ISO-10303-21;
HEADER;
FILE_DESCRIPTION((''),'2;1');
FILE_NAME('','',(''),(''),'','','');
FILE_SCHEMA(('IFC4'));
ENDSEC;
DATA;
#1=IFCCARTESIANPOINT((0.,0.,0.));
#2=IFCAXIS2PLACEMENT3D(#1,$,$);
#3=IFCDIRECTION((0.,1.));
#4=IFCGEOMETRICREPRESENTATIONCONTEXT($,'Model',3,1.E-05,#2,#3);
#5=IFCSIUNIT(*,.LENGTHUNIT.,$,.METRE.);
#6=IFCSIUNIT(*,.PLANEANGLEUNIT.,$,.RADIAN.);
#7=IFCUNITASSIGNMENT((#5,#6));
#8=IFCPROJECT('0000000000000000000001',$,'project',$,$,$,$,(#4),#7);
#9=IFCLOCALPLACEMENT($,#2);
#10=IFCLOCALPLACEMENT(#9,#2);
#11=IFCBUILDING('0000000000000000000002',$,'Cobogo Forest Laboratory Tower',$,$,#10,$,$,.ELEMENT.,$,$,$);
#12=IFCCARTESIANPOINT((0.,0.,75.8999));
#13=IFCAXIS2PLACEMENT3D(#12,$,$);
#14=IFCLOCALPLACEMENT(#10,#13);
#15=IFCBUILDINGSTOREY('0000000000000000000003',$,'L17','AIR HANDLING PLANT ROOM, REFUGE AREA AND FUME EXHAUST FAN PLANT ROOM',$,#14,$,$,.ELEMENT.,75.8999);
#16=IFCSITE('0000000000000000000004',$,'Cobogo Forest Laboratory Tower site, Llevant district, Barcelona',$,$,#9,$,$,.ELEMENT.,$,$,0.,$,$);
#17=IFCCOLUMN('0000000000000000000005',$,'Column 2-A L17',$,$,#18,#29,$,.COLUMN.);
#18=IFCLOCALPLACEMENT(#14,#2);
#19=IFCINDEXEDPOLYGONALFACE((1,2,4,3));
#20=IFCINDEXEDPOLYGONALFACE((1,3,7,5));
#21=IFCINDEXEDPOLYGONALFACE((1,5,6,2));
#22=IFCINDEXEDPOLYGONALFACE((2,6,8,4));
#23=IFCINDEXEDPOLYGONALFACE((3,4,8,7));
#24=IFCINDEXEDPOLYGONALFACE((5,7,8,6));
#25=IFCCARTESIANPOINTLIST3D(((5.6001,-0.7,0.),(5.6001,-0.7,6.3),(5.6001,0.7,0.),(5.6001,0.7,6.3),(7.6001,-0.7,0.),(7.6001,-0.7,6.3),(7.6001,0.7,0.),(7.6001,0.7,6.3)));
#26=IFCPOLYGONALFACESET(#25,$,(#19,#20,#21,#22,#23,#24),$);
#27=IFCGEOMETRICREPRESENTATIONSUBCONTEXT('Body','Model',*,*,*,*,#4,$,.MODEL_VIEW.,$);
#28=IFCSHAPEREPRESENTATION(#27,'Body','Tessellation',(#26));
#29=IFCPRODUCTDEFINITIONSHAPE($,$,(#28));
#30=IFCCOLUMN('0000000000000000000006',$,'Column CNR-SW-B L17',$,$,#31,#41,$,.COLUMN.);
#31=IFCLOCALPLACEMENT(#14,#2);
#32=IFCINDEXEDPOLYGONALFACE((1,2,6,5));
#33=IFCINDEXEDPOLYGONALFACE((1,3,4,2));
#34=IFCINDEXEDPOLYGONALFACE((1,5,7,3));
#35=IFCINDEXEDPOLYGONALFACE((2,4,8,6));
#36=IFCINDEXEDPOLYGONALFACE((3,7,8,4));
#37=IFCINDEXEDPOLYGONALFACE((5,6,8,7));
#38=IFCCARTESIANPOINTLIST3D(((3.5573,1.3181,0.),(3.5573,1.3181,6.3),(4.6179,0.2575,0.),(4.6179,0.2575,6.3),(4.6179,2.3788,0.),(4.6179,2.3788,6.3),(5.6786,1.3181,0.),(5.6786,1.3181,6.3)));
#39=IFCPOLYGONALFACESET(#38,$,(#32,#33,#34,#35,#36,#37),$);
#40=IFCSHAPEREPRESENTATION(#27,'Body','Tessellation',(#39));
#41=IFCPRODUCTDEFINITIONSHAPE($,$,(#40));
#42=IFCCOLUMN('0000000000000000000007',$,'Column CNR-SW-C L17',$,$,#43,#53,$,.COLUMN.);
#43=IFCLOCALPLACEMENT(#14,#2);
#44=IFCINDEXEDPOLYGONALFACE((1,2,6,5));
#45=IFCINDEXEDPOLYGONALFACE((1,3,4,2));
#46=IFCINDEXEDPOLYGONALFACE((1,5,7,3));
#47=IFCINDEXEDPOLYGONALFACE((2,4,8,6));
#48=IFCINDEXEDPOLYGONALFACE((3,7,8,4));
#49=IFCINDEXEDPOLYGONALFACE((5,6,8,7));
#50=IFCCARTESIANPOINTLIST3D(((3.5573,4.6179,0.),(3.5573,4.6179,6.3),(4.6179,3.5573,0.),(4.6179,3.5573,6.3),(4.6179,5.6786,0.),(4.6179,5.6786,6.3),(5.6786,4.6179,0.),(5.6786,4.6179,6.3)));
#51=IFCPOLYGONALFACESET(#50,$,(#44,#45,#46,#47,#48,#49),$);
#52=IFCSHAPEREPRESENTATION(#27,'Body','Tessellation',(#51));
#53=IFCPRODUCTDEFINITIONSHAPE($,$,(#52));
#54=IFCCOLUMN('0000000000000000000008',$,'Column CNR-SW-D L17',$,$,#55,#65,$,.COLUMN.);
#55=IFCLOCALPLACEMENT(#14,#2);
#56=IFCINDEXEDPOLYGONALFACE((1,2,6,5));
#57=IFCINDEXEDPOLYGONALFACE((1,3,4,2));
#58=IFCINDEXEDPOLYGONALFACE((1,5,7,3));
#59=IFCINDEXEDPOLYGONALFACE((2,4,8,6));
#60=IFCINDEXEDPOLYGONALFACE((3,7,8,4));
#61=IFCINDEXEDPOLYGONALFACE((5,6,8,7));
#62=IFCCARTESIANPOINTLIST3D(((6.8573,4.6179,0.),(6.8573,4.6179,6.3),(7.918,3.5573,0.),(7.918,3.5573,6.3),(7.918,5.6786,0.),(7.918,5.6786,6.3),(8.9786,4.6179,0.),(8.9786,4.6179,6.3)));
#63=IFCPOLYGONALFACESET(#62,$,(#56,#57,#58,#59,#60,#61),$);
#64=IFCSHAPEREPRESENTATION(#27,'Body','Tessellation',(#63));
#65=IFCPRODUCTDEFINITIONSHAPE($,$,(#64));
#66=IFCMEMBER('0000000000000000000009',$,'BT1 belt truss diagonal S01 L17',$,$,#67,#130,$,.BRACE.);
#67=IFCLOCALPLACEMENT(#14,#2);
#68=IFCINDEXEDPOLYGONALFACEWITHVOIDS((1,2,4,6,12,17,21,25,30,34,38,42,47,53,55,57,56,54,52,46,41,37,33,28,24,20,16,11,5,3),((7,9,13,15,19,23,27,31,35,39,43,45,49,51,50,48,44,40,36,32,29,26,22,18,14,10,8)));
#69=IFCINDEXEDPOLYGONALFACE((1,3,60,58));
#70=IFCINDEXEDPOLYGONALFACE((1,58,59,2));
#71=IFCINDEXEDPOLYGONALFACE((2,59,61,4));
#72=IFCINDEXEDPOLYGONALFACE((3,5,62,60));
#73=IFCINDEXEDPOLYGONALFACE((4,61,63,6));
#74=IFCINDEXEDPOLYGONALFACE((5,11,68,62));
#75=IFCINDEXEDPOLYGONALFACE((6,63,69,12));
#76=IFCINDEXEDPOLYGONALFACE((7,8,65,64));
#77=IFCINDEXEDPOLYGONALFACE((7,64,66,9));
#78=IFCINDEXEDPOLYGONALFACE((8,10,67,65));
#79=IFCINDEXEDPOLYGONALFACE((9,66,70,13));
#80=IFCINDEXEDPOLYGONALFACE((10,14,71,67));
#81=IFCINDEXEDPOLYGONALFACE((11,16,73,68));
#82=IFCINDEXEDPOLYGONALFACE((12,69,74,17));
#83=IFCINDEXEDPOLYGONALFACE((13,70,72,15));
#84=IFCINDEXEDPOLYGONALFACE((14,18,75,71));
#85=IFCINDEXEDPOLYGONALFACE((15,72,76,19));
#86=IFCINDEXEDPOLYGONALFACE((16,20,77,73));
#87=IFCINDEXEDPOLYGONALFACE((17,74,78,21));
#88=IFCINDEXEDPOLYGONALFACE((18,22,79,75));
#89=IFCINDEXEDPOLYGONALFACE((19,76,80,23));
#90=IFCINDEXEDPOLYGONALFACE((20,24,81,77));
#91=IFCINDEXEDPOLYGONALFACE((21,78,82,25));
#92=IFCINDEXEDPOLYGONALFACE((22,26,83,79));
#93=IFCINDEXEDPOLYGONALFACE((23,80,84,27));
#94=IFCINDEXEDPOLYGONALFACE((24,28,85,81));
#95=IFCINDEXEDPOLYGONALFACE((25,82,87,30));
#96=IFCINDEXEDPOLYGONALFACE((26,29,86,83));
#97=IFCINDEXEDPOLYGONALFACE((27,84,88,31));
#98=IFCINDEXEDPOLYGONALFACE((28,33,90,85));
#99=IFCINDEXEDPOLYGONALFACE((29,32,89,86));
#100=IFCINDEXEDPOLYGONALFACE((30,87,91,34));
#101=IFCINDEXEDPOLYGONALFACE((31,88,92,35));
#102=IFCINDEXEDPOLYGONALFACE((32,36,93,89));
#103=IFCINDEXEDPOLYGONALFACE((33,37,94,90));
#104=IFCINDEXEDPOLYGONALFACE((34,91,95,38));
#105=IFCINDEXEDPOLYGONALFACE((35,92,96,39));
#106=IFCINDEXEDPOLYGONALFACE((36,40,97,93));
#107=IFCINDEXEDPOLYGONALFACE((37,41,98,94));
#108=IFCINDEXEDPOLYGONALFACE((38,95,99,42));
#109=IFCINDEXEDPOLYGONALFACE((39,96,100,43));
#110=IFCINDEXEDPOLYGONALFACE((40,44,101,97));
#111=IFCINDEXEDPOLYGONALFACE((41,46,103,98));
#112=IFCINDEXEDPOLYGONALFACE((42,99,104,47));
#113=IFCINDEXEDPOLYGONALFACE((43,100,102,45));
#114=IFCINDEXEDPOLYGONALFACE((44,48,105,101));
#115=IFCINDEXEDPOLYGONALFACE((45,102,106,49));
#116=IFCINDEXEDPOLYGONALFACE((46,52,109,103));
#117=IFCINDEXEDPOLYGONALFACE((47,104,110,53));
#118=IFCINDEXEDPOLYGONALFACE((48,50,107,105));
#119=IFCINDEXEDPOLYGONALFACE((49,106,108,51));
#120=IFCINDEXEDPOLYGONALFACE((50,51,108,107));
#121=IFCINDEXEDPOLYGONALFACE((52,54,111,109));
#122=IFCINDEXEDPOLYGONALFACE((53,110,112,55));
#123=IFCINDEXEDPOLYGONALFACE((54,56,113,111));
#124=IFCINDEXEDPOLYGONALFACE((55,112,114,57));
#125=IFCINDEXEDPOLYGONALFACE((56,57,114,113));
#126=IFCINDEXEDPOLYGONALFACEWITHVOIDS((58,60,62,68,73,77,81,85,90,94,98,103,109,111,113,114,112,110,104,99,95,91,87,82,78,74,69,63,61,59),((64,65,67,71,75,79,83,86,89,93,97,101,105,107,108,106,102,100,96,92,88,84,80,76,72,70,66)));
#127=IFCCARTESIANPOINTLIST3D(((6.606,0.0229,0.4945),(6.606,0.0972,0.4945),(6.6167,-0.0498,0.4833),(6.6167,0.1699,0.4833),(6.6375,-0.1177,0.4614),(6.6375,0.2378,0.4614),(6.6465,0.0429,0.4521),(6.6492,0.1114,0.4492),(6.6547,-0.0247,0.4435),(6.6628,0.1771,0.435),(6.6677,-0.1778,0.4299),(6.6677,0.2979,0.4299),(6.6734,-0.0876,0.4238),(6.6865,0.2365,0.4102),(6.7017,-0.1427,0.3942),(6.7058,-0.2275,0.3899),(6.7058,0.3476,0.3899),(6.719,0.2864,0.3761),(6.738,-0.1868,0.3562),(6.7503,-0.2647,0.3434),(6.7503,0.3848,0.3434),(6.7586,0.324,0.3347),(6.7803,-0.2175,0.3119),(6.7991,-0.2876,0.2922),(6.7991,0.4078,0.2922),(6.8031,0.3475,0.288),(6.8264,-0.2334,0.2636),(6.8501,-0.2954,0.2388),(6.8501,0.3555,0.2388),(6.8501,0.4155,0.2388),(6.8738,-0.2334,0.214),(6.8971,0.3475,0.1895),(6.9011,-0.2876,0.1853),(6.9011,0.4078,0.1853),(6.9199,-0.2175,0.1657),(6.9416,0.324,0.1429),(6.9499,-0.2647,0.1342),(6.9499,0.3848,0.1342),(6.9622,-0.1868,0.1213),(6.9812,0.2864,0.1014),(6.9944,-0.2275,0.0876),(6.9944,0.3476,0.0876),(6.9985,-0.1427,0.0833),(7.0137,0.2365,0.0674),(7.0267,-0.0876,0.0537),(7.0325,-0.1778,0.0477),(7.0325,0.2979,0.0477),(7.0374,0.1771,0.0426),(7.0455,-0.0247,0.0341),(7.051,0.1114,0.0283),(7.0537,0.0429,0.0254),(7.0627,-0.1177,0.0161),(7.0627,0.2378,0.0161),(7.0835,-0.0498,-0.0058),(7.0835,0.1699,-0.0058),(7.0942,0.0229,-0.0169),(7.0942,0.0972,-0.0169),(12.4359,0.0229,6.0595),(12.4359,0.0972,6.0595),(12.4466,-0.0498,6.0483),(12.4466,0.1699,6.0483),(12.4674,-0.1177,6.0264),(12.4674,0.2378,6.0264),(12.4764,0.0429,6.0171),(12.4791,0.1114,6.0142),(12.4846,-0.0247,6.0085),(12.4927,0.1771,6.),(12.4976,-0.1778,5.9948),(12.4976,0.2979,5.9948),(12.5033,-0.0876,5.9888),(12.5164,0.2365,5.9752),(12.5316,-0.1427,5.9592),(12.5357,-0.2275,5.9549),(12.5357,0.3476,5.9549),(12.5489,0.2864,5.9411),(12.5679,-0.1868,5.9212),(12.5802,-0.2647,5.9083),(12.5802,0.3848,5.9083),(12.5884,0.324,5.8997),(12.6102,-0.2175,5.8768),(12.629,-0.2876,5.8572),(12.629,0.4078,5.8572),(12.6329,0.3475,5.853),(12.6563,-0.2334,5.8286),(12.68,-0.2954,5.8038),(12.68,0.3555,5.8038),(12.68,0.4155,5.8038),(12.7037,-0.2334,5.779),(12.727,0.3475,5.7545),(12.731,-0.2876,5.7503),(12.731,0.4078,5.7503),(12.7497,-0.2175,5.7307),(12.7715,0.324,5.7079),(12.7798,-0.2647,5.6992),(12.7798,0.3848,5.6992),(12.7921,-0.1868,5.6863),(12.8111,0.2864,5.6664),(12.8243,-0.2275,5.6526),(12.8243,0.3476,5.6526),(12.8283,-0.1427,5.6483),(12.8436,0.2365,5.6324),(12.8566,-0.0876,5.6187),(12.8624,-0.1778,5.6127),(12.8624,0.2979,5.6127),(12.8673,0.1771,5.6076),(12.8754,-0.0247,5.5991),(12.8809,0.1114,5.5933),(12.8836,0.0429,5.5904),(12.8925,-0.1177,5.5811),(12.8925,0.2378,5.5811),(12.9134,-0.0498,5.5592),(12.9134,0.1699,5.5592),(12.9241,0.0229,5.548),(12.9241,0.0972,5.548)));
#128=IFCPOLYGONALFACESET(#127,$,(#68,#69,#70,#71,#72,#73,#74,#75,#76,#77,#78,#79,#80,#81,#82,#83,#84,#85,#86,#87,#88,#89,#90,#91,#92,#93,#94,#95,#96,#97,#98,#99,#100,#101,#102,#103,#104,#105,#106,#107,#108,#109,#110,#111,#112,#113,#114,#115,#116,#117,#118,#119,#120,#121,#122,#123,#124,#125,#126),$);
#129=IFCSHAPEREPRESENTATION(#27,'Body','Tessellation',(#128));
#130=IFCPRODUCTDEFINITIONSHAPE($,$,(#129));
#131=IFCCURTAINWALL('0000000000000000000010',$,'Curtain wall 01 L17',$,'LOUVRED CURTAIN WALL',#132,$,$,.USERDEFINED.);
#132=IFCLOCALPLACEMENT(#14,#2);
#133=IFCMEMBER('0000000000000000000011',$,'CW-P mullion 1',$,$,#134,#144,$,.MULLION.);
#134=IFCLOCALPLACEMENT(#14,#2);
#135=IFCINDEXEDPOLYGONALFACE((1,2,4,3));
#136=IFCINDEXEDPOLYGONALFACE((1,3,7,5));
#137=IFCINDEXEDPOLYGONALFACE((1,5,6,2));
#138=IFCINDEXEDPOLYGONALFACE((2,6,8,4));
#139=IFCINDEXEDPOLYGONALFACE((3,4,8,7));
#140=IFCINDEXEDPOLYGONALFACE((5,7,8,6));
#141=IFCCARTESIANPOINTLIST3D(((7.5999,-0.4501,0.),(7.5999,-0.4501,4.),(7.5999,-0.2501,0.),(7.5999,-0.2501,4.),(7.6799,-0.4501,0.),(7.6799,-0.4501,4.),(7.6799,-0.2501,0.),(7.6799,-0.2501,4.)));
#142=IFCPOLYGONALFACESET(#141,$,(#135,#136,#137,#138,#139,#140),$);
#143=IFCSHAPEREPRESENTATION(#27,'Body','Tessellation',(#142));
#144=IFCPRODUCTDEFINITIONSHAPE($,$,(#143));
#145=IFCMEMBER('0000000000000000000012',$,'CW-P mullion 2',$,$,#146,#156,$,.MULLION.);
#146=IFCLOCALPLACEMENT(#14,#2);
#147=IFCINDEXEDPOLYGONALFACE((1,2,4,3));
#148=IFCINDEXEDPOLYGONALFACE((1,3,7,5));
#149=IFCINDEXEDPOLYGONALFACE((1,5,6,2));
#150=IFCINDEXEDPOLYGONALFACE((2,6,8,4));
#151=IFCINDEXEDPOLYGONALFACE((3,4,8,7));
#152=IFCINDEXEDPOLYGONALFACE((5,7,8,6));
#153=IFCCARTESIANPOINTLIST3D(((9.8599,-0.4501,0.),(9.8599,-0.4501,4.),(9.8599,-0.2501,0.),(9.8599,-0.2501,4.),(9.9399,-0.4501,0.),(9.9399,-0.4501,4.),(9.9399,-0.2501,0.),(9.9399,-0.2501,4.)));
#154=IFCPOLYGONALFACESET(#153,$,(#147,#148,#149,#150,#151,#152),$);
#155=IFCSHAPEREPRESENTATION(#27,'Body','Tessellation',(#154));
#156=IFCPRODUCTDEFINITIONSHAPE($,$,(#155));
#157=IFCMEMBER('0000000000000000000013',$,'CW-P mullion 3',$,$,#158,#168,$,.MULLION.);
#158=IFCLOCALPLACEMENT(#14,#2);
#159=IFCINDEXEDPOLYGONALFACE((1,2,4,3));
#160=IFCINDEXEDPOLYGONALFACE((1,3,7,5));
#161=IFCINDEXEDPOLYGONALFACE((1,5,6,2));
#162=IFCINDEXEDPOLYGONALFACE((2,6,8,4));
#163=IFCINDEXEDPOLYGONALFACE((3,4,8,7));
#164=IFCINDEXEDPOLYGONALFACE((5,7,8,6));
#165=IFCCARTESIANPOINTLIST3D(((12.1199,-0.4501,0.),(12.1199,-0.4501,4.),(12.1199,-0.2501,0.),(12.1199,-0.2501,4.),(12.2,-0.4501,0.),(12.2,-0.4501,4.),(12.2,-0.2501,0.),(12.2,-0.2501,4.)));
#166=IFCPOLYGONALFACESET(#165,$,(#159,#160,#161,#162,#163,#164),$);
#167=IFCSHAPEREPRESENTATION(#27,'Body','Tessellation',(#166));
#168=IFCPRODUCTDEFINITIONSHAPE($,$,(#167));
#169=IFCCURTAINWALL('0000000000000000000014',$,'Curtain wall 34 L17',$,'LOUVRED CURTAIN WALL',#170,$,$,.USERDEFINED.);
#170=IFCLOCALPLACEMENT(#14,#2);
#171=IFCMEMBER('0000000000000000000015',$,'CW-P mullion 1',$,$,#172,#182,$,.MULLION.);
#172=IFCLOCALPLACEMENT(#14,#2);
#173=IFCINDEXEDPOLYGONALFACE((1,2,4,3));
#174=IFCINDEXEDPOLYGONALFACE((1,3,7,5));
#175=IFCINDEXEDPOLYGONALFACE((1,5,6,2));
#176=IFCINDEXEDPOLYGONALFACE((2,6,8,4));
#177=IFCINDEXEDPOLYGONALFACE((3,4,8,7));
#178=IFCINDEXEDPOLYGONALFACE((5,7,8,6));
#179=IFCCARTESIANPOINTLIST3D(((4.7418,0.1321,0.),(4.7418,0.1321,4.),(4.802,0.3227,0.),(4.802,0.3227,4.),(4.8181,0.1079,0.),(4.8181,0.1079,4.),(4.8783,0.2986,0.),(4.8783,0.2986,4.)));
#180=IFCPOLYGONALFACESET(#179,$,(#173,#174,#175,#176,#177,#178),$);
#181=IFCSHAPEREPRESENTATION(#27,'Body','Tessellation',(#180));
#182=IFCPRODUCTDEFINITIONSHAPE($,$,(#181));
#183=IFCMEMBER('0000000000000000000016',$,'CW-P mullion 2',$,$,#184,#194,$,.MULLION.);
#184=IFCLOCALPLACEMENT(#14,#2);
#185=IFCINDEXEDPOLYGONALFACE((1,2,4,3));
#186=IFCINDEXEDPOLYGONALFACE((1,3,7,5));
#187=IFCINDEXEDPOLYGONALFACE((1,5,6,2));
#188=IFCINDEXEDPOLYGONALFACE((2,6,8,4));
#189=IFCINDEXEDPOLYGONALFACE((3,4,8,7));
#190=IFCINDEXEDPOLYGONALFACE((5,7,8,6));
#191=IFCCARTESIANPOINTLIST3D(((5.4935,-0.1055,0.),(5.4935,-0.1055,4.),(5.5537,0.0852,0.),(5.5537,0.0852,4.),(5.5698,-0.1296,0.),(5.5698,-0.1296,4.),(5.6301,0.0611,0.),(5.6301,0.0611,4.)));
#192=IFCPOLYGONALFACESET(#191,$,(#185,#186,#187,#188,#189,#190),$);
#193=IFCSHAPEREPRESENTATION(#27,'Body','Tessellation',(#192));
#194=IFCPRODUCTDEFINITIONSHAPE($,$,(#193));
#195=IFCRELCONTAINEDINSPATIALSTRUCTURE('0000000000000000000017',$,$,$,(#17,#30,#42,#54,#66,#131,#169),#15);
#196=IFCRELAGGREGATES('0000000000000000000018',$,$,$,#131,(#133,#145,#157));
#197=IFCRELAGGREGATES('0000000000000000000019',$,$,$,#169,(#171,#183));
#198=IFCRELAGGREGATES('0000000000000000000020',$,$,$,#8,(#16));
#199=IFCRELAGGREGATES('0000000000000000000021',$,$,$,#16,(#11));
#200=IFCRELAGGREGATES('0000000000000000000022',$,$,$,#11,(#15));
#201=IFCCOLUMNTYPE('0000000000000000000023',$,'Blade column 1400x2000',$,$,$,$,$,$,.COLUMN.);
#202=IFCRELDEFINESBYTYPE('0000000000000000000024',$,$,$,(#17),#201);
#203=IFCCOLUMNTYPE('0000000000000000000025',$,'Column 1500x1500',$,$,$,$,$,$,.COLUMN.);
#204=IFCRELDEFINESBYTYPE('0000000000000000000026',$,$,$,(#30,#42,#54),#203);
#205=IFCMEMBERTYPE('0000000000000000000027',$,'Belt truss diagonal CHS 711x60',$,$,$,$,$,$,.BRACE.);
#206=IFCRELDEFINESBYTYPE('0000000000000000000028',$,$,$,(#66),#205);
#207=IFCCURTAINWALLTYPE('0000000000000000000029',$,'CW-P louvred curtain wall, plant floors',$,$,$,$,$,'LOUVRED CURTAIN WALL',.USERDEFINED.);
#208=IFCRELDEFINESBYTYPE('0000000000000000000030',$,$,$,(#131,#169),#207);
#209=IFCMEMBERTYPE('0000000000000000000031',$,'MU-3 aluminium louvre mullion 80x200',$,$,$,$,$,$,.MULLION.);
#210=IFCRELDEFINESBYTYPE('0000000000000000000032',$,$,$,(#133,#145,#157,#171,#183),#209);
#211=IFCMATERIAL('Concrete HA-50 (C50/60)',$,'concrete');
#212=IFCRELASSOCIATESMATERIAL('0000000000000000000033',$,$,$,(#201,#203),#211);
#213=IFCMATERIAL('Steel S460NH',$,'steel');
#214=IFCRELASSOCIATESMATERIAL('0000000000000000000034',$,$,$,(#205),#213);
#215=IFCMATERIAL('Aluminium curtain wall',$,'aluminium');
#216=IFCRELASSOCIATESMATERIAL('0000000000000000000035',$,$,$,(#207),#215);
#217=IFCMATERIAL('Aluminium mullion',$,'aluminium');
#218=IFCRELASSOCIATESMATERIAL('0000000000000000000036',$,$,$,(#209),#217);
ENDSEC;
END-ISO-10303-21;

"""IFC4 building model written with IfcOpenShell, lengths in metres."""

from ifc_helpers import new_model, si_unit, direction, frame, origin, origin_2d, place, context, subcontext, project, spatial, rectangle, hollow_circle, extrude, material, material_profile, profile_set, type_object, element, aggregate, save


model = new_model("IFC4")

# Units and contexts
model_context = context("Model", 3, precision=1e-05, world=origin(), true_north=direction((0.0, 1.0)))
body_context = subcontext(model_context, "Body", "Model", "MODEL_VIEW")
ifc_project = project(units=[si_unit("LENGTHUNIT", "METRE"), si_unit("PLANEANGLEUNIT", "RADIAN")], contexts=[model_context])

# Site, building, storey
site_placement = place(None, origin())
site = spatial("IfcSite", under=ifc_project, at=site_placement, Name="Cobogo Forest Laboratory Tower site, Llevant district, Barcelona", CompositionType="ELEMENT", RefElevation=0.0)
building_placement = place(site_placement, origin())
building = spatial("IfcBuilding", under=site, at=building_placement, Name="Cobogo Forest Laboratory Tower", CompositionType="ELEMENT")
storey_placement = place(building_placement, frame((0.0, 0.0, 75.8999)))
storey = spatial("IfcBuildingStorey", under=building, at=storey_placement, Name="L17", Description="AIR HANDLING PLANT ROOM, REFUGE AREA AND FUME EXHAUST FAN PLANT ROOM", CompositionType="ELEMENT", Elevation=75.8999)

# Columns
ifc_material_1 = material(Name="Concrete HA-50 (C50/60)", Category="concrete")
ifc_material_profile_1 = material_profile(ifc_material_1, rectangle(XDim=2.0, YDim=1.3999, at=origin_2d()), Name="RC 1400x2000")
ifc_profile_set_1 = profile_set([ifc_material_profile_1], Name="Concrete HA-50 (C50/60)")
column_type_1 = type_object("IfcColumnType", Name="Blade column 1400x2000", PredefinedType="COLUMN", material=ifc_profile_set_1)
column_placement = place(storey_placement, frame((6.6001, 0.0, 0.0), z_axis=(0.0, 0.0, 1.0), x_axis=(1.0, 0.0, 0.0)))
element("IfcColumn", 1, at=column_placement, inside=storey, type_object=column_type_1, Name="Column 2-A L17", PredefinedType="COLUMN", context=body_context, shape_type="SweptSolid", body=[
    extrude(rectangle(XDim=2.0, YDim=1.3999, at=origin_2d()), origin(), (0.0, 0.0, 1.0), 6.3),
])
ifc_material_profile_2 = material_profile(ifc_material_1, rectangle(XDim=1.5, YDim=1.5, at=origin_2d()), Name="RC 1500x1500")
ifc_profile_set_2 = profile_set([ifc_material_profile_2], Name="Concrete HA-50 (C50/60)")
column_type_2 = type_object("IfcColumnType", Name="Column 1500x1500", PredefinedType="COLUMN", material=ifc_profile_set_2)
for number, where, z_axis, x_axis, name in (
    (2, (4.6179, 1.3181, 0.0), (0.0, 0.0, 1.0), (0.707107, 0.707107, 0.0), "Column CNR-SW-B L17"),
    (3, (4.6179, 4.6179, 0.0), (0.0, 0.0, 1.0), (0.707107, 0.707107, 0.0), "Column CNR-SW-C L17"),
    (4, (7.918, 4.6179, 0.0), (0.0, 0.0, 1.0), (0.707107, 0.707107, 0.0), "Column CNR-SW-D L17"),
):
    element("IfcColumn", number, at=place(storey_placement, frame(where, z_axis=z_axis, x_axis=x_axis)), inside=storey, type_object=column_type_2, Name=name, PredefinedType="COLUMN", context=body_context, shape_type="SweptSolid", body=[
        extrude(rectangle(XDim=1.5, YDim=1.5, at=origin_2d()), origin(), (0.0, 0.0, 1.0), 6.3),
    ])

# Member
ifc_material_2 = material(Name="Steel S460NH", Category="steel")
ifc_material_profile_3 = material_profile(ifc_material_2, hollow_circle(Radius=0.3555, WallThickness=0.0601, at=origin_2d()), Name="CHS 711x60")
ifc_profile_set_3 = profile_set([ifc_material_profile_3], Name="Steel S460NH")
member_type_1 = type_object("IfcMemberType", Name="Belt truss diagonal CHS 711x60", PredefinedType="BRACE", material=ifc_profile_set_3)
member_1_placement = place(storey_placement, frame((6.8501, 0.0601, 0.2388), z_axis=(0.723349, 0.0, 0.690482), x_axis=(0.0, 1.0, 0.0)))
element("IfcMember", 5, at=member_1_placement, inside=storey, type_object=member_type_1, Name="BT1 belt truss diagonal S01 L17", PredefinedType="BRACE", context=body_context, shape_type="SweptSolid", body=[
    extrude(hollow_circle(Radius=0.3555, WallThickness=0.0601, at=origin_2d()), origin(), (0.0, 0.0, 1.0), 8.0596),
])

# Curtain walls, members
ifc_material_3 = material(Name="Aluminium curtain wall", Category="aluminium")
curtain_wall_type = type_object("IfcCurtainWallType", Name="CW-P louvred curtain wall, plant floors", ElementType="LOUVRED CURTAIN WALL", PredefinedType="USERDEFINED", material=ifc_material_3)
curtain_wall_1_placement = place(storey_placement, origin())
curtain_wall_1 = element("IfcCurtainWall", 6, at=curtain_wall_1_placement, inside=storey, type_object=curtain_wall_type, Name="Curtain wall 01 L17", ObjectType="LOUVRED CURTAIN WALL", PredefinedType="USERDEFINED")
ifc_material_4 = material(Name="Aluminium mullion", Category="aluminium")
ifc_material_profile_4 = material_profile(ifc_material_4, rectangle(XDim=0.0801, YDim=0.2, at=origin_2d()), Name="AL 80x200")
ifc_profile_set_4 = profile_set([ifc_material_profile_4], Name="Aluminium mullion")
member_type_2 = type_object("IfcMemberType", Name="MU-3 aluminium louvre mullion 80x200", PredefinedType="MULLION", material=ifc_profile_set_4)
member_2_placement = place(storey_placement, frame((7.6399, -0.3501, 0.0), z_axis=(0.0, 0.0, 1.0), x_axis=(1.0, 0.0, 0.0)))
member_2 = element("IfcMember", 7, at=member_2_placement, type_object=member_type_2, Name="CW-P mullion 1", PredefinedType="MULLION", context=body_context, shape_type="SweptSolid", body=[
    extrude(rectangle(XDim=0.0801, YDim=0.2, at=origin_2d()), origin(), (0.0, 0.0, 1.0), 4.0),
])
member_3_placement = place(storey_placement, frame((9.8999, -0.3501, 0.0), z_axis=(0.0, 0.0, 1.0), x_axis=(1.0, 0.0, 0.0)))
member_3 = element("IfcMember", 8, at=member_3_placement, type_object=member_type_2, Name="CW-P mullion 2", PredefinedType="MULLION", context=body_context, shape_type="SweptSolid", body=[
    extrude(rectangle(XDim=0.0801, YDim=0.2, at=origin_2d()), origin(), (0.0, 0.0, 1.0), 4.0),
])
member_4_placement = place(storey_placement, frame((12.1599, -0.3501, 0.0), z_axis=(0.0, 0.0, 1.0), x_axis=(1.0, 0.0, 0.0)))
member_4 = element("IfcMember", 9, at=member_4_placement, type_object=member_type_2, Name="CW-P mullion 3", PredefinedType="MULLION", context=body_context, shape_type="SweptSolid", body=[
    extrude(rectangle(XDim=0.0801, YDim=0.2, at=origin_2d()), origin(), (0.0, 0.0, 1.0), 4.0),
])
curtain_wall_2_placement = place(storey_placement, origin())
curtain_wall_2 = element("IfcCurtainWall", 10, at=curtain_wall_2_placement, inside=storey, type_object=curtain_wall_type, Name="Curtain wall 34 L17", ObjectType="LOUVRED CURTAIN WALL", PredefinedType="USERDEFINED")
member_5_placement = place(storey_placement, frame((4.8101, 0.2153, 0.0), z_axis=(0.0, 0.0, 1.0), x_axis=(0.953581, -0.301136, 0.0)))
member_5 = element("IfcMember", 11, at=member_5_placement, type_object=member_type_2, Name="CW-P mullion 1", PredefinedType="MULLION", context=body_context, shape_type="SweptSolid", body=[
    extrude(rectangle(XDim=0.0801, YDim=0.2, at=origin_2d()), origin(), (0.0, 0.0, 1.0), 4.0),
])
member_6_placement = place(storey_placement, frame((5.5618, -0.0222, 0.0), z_axis=(0.0, 0.0, 1.0), x_axis=(0.953581, -0.301136, 0.0)))
member_6 = element("IfcMember", 12, at=member_6_placement, type_object=member_type_2, Name="CW-P mullion 2", PredefinedType="MULLION", context=body_context, shape_type="SweptSolid", body=[
    extrude(rectangle(XDim=0.0801, YDim=0.2, at=origin_2d()), origin(), (0.0, 0.0, 1.0), 4.0),
])

aggregate(curtain_wall_1, [member_2, member_3, member_4])
aggregate(curtain_wall_2, [member_5, member_6])

save(model, "model.ifc")
